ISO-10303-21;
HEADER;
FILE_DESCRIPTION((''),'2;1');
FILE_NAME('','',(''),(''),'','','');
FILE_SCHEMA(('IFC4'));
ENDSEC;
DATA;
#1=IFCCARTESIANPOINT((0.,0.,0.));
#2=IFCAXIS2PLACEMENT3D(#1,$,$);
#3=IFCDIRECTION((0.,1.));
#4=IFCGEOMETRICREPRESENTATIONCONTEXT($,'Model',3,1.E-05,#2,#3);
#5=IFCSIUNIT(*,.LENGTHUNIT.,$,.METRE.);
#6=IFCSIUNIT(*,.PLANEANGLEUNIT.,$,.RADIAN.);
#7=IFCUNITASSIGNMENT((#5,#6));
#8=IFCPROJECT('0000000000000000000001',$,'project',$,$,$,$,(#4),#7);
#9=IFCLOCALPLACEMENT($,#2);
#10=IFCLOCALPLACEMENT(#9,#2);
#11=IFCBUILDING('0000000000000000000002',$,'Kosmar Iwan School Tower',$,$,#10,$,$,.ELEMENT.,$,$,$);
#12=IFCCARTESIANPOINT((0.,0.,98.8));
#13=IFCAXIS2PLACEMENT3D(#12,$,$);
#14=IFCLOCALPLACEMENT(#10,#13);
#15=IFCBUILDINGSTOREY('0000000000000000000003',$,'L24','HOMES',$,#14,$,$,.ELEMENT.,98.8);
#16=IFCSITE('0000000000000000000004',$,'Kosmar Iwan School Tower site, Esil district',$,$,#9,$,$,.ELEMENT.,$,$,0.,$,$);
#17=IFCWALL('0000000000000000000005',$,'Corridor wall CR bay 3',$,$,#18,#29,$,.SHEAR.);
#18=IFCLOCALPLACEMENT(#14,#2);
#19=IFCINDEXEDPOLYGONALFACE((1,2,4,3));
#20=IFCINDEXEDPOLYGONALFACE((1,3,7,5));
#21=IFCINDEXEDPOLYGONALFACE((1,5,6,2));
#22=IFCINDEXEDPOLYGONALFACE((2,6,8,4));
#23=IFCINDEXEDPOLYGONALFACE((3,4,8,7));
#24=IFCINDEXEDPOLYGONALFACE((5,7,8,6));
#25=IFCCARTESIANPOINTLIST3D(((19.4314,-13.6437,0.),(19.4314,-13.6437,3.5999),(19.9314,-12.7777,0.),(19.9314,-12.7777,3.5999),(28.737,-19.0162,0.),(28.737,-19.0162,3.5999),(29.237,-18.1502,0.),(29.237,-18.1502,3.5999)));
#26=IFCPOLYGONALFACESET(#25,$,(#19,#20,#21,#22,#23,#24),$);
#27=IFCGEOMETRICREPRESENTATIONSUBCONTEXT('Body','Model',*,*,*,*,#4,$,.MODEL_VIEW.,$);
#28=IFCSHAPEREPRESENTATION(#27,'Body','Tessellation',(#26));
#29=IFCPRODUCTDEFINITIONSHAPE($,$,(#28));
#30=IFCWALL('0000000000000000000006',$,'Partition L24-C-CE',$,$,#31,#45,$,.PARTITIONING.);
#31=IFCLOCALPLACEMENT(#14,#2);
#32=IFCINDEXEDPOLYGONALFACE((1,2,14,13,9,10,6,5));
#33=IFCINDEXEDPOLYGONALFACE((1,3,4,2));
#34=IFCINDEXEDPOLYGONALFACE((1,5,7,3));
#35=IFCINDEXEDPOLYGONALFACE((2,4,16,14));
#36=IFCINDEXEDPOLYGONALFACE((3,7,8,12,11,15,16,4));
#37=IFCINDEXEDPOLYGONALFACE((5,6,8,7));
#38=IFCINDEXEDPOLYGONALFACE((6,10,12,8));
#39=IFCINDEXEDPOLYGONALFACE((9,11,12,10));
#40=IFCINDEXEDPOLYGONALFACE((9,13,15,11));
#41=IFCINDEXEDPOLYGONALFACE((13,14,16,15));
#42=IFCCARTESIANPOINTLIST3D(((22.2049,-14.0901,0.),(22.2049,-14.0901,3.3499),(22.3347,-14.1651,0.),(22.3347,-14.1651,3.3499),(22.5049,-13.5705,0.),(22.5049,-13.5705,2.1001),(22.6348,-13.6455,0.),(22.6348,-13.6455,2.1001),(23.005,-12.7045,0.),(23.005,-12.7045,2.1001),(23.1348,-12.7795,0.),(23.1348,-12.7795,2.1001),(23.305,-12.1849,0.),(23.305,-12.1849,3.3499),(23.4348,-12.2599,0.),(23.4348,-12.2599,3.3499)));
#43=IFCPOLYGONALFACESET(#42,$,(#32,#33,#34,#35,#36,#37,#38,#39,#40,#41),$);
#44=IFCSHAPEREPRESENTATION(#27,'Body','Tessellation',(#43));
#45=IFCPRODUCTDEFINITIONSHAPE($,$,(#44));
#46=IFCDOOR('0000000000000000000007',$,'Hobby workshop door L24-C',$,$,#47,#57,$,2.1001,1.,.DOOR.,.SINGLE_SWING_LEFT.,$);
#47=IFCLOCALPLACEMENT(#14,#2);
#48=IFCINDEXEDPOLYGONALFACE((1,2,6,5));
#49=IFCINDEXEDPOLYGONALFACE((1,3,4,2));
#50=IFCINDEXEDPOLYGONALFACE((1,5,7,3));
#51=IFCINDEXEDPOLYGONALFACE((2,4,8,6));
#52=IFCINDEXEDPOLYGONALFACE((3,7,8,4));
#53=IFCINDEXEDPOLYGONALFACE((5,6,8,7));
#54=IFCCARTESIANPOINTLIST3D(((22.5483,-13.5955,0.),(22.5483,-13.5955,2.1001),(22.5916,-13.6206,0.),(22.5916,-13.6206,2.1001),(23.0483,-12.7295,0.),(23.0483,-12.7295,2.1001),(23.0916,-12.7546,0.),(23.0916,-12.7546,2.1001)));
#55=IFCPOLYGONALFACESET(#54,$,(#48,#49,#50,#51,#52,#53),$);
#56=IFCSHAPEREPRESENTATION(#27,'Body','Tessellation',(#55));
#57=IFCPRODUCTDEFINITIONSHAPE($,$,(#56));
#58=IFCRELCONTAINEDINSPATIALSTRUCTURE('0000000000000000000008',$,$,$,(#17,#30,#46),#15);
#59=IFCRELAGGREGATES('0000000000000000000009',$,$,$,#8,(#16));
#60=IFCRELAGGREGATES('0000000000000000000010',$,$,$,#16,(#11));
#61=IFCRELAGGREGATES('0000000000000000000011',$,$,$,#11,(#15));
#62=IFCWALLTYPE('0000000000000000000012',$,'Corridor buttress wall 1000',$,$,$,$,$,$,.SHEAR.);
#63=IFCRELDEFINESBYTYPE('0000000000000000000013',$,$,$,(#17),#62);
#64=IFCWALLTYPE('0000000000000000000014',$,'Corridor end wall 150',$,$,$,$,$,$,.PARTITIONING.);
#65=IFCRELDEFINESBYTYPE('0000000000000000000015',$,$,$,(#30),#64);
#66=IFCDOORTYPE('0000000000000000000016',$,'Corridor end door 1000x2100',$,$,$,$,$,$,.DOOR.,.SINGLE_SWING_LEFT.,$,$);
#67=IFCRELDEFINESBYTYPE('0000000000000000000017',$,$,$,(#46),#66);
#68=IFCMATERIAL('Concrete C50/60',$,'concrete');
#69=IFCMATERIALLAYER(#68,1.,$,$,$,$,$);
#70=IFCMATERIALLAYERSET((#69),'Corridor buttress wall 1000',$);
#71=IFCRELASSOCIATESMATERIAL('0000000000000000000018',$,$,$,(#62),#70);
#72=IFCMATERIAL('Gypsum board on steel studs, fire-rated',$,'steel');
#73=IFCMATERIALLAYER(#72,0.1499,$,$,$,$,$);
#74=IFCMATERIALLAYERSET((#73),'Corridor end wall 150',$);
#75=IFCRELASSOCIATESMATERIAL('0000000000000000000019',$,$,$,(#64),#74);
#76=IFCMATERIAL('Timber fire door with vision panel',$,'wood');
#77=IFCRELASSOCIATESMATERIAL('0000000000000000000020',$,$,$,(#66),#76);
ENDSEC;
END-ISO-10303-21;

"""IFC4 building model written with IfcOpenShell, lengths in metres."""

from ifc_helpers import new_model, si_unit, direction, frame, frame_2d, origin, place, context, subcontext, project, spatial, rectangle, extrude, material, layer, layer_set, type_object, element, fill, save


model = new_model("IFC4")

# Units and contexts
model_context = context("Model", 3, precision=1e-05, world=origin(), true_north=direction((0.0, 1.0)))
body_context = subcontext(model_context, "Body", "Model", "MODEL_VIEW")
ifc_project = project(units=[si_unit("LENGTHUNIT", "METRE"), si_unit("PLANEANGLEUNIT", "RADIAN")], contexts=[model_context])

# Site, building, storey
site_placement = place(None, origin())
site = spatial("IfcSite", under=ifc_project, at=site_placement, Name="Kosmar Iwan School Tower site, Esil district", CompositionType="ELEMENT", RefElevation=0.0)
building_placement = place(site_placement, origin())
building = spatial("IfcBuilding", under=site, at=building_placement, Name="Kosmar Iwan School Tower", CompositionType="ELEMENT")
storey_placement = place(building_placement, frame((0.0, 0.0, 98.8)))
storey = spatial("IfcBuildingStorey", under=building, at=storey_placement, Name="L24", Description="HOMES", CompositionType="ELEMENT", Elevation=98.8)

# Wall
ifc_material_1 = material(Name="Concrete C50/60", Category="concrete")
ifc_layer_1 = layer(ifc_material_1, 1.0)
ifc_layer_set_1 = layer_set([ifc_layer_1], Name="Corridor buttress wall 1000")
wall_type_1 = type_object("IfcWallType", Name="Corridor buttress wall 1000", PredefinedType="SHEAR", material=ifc_layer_set_1)
wall_1_placement = place(storey_placement, frame((19.6814, -13.2107, 0.0), z_axis=(0.0, 0.0, 1.0), x_axis=(0.866028, -0.499995, 0.0)))
element("IfcWall", 1, at=wall_1_placement, inside=storey, type_object=wall_type_1, Name="Corridor wall CR bay 3", PredefinedType="SHEAR", context=body_context, shape_type="SweptSolid", body=[
    extrude(rectangle(XDim=10.7451, YDim=1.0, at=frame_2d((5.3726, 0.0))), origin(), (0.0, 0.0, 1.0), 3.5999),
])

# Wall, opening, door
ifc_material_2 = material(Name="Gypsum board on steel studs, fire-rated", Category="steel")
ifc_layer_2 = layer(ifc_material_2, 0.1499)
ifc_layer_set_2 = layer_set([ifc_layer_2], Name="Corridor end wall 150")
wall_type_2 = type_object("IfcWallType", Name="Corridor end wall 150", PredefinedType="PARTITIONING", material=ifc_layer_set_2)
wall_2_placement = place(storey_placement, frame((22.2698, -14.1277, 0.0), z_axis=(0.0, 0.0, 1.0), x_axis=(0.50003, 0.866008, 0.0)))
wall_2 = element("IfcWall", 2, at=wall_2_placement, inside=storey, type_object=wall_type_2, Name="Partition L24-C-CE", PredefinedType="PARTITIONING", context=body_context, shape_type="SweptSolid", body=[
    extrude(rectangle(XDim=2.2, YDim=0.1499, at=frame_2d((1.1001, 0.0))), origin(), (0.0, 0.0, 1.0), 3.3499),
])
opening_1_placement = place(wall_2_placement, frame((0.6001, 0.0, 0.0)))
opening_1 = element("IfcOpeningElement", 3, at=opening_1_placement, cuts=wall_2, PredefinedType="OPENING", context=body_context, shape_type="SweptSolid", body=[
    extrude(rectangle(XDim=1.0, YDim=2.1001, at=frame_2d((0.5, 1.05))), frame((0.0, 0.0869, 0.0), z_axis=(0.0, -1.0, 0.0), x_axis=(1.0, 0.0, 0.0)), (0.0, 0.0, 1.0), 0.1738),
])
ifc_material_3 = material(Name="Timber fire door with vision panel", Category="wood")
door_type_1 = type_object("IfcDoorType", Name="Corridor end door 1000x2100", OperationType="SINGLE_SWING_LEFT", PredefinedType="DOOR", material=ifc_material_3)
door_1_placement = place(opening_1_placement, origin())
door_1 = element("IfcDoor", 4, at=door_1_placement, inside=storey, type_object=door_type_1, Name="Hobby workshop door L24-C", OperationType="SINGLE_SWING_LEFT", OverallHeight=2.1001, OverallWidth=1.0, PredefinedType="DOOR", context=body_context, shape_type="SweptSolid", body=[
    extrude(rectangle(XDim=1.0, YDim=2.1001, at=frame_2d((0.5, 1.05))), frame((0.0, 0.0249, 0.0), z_axis=(0.0, -1.0, 0.0), x_axis=(1.0, 0.0, 0.0)), (0.0, 0.0, 1.0), 0.05),
])
fill(opening_1, door_1)

save(model, "model.ifc")
